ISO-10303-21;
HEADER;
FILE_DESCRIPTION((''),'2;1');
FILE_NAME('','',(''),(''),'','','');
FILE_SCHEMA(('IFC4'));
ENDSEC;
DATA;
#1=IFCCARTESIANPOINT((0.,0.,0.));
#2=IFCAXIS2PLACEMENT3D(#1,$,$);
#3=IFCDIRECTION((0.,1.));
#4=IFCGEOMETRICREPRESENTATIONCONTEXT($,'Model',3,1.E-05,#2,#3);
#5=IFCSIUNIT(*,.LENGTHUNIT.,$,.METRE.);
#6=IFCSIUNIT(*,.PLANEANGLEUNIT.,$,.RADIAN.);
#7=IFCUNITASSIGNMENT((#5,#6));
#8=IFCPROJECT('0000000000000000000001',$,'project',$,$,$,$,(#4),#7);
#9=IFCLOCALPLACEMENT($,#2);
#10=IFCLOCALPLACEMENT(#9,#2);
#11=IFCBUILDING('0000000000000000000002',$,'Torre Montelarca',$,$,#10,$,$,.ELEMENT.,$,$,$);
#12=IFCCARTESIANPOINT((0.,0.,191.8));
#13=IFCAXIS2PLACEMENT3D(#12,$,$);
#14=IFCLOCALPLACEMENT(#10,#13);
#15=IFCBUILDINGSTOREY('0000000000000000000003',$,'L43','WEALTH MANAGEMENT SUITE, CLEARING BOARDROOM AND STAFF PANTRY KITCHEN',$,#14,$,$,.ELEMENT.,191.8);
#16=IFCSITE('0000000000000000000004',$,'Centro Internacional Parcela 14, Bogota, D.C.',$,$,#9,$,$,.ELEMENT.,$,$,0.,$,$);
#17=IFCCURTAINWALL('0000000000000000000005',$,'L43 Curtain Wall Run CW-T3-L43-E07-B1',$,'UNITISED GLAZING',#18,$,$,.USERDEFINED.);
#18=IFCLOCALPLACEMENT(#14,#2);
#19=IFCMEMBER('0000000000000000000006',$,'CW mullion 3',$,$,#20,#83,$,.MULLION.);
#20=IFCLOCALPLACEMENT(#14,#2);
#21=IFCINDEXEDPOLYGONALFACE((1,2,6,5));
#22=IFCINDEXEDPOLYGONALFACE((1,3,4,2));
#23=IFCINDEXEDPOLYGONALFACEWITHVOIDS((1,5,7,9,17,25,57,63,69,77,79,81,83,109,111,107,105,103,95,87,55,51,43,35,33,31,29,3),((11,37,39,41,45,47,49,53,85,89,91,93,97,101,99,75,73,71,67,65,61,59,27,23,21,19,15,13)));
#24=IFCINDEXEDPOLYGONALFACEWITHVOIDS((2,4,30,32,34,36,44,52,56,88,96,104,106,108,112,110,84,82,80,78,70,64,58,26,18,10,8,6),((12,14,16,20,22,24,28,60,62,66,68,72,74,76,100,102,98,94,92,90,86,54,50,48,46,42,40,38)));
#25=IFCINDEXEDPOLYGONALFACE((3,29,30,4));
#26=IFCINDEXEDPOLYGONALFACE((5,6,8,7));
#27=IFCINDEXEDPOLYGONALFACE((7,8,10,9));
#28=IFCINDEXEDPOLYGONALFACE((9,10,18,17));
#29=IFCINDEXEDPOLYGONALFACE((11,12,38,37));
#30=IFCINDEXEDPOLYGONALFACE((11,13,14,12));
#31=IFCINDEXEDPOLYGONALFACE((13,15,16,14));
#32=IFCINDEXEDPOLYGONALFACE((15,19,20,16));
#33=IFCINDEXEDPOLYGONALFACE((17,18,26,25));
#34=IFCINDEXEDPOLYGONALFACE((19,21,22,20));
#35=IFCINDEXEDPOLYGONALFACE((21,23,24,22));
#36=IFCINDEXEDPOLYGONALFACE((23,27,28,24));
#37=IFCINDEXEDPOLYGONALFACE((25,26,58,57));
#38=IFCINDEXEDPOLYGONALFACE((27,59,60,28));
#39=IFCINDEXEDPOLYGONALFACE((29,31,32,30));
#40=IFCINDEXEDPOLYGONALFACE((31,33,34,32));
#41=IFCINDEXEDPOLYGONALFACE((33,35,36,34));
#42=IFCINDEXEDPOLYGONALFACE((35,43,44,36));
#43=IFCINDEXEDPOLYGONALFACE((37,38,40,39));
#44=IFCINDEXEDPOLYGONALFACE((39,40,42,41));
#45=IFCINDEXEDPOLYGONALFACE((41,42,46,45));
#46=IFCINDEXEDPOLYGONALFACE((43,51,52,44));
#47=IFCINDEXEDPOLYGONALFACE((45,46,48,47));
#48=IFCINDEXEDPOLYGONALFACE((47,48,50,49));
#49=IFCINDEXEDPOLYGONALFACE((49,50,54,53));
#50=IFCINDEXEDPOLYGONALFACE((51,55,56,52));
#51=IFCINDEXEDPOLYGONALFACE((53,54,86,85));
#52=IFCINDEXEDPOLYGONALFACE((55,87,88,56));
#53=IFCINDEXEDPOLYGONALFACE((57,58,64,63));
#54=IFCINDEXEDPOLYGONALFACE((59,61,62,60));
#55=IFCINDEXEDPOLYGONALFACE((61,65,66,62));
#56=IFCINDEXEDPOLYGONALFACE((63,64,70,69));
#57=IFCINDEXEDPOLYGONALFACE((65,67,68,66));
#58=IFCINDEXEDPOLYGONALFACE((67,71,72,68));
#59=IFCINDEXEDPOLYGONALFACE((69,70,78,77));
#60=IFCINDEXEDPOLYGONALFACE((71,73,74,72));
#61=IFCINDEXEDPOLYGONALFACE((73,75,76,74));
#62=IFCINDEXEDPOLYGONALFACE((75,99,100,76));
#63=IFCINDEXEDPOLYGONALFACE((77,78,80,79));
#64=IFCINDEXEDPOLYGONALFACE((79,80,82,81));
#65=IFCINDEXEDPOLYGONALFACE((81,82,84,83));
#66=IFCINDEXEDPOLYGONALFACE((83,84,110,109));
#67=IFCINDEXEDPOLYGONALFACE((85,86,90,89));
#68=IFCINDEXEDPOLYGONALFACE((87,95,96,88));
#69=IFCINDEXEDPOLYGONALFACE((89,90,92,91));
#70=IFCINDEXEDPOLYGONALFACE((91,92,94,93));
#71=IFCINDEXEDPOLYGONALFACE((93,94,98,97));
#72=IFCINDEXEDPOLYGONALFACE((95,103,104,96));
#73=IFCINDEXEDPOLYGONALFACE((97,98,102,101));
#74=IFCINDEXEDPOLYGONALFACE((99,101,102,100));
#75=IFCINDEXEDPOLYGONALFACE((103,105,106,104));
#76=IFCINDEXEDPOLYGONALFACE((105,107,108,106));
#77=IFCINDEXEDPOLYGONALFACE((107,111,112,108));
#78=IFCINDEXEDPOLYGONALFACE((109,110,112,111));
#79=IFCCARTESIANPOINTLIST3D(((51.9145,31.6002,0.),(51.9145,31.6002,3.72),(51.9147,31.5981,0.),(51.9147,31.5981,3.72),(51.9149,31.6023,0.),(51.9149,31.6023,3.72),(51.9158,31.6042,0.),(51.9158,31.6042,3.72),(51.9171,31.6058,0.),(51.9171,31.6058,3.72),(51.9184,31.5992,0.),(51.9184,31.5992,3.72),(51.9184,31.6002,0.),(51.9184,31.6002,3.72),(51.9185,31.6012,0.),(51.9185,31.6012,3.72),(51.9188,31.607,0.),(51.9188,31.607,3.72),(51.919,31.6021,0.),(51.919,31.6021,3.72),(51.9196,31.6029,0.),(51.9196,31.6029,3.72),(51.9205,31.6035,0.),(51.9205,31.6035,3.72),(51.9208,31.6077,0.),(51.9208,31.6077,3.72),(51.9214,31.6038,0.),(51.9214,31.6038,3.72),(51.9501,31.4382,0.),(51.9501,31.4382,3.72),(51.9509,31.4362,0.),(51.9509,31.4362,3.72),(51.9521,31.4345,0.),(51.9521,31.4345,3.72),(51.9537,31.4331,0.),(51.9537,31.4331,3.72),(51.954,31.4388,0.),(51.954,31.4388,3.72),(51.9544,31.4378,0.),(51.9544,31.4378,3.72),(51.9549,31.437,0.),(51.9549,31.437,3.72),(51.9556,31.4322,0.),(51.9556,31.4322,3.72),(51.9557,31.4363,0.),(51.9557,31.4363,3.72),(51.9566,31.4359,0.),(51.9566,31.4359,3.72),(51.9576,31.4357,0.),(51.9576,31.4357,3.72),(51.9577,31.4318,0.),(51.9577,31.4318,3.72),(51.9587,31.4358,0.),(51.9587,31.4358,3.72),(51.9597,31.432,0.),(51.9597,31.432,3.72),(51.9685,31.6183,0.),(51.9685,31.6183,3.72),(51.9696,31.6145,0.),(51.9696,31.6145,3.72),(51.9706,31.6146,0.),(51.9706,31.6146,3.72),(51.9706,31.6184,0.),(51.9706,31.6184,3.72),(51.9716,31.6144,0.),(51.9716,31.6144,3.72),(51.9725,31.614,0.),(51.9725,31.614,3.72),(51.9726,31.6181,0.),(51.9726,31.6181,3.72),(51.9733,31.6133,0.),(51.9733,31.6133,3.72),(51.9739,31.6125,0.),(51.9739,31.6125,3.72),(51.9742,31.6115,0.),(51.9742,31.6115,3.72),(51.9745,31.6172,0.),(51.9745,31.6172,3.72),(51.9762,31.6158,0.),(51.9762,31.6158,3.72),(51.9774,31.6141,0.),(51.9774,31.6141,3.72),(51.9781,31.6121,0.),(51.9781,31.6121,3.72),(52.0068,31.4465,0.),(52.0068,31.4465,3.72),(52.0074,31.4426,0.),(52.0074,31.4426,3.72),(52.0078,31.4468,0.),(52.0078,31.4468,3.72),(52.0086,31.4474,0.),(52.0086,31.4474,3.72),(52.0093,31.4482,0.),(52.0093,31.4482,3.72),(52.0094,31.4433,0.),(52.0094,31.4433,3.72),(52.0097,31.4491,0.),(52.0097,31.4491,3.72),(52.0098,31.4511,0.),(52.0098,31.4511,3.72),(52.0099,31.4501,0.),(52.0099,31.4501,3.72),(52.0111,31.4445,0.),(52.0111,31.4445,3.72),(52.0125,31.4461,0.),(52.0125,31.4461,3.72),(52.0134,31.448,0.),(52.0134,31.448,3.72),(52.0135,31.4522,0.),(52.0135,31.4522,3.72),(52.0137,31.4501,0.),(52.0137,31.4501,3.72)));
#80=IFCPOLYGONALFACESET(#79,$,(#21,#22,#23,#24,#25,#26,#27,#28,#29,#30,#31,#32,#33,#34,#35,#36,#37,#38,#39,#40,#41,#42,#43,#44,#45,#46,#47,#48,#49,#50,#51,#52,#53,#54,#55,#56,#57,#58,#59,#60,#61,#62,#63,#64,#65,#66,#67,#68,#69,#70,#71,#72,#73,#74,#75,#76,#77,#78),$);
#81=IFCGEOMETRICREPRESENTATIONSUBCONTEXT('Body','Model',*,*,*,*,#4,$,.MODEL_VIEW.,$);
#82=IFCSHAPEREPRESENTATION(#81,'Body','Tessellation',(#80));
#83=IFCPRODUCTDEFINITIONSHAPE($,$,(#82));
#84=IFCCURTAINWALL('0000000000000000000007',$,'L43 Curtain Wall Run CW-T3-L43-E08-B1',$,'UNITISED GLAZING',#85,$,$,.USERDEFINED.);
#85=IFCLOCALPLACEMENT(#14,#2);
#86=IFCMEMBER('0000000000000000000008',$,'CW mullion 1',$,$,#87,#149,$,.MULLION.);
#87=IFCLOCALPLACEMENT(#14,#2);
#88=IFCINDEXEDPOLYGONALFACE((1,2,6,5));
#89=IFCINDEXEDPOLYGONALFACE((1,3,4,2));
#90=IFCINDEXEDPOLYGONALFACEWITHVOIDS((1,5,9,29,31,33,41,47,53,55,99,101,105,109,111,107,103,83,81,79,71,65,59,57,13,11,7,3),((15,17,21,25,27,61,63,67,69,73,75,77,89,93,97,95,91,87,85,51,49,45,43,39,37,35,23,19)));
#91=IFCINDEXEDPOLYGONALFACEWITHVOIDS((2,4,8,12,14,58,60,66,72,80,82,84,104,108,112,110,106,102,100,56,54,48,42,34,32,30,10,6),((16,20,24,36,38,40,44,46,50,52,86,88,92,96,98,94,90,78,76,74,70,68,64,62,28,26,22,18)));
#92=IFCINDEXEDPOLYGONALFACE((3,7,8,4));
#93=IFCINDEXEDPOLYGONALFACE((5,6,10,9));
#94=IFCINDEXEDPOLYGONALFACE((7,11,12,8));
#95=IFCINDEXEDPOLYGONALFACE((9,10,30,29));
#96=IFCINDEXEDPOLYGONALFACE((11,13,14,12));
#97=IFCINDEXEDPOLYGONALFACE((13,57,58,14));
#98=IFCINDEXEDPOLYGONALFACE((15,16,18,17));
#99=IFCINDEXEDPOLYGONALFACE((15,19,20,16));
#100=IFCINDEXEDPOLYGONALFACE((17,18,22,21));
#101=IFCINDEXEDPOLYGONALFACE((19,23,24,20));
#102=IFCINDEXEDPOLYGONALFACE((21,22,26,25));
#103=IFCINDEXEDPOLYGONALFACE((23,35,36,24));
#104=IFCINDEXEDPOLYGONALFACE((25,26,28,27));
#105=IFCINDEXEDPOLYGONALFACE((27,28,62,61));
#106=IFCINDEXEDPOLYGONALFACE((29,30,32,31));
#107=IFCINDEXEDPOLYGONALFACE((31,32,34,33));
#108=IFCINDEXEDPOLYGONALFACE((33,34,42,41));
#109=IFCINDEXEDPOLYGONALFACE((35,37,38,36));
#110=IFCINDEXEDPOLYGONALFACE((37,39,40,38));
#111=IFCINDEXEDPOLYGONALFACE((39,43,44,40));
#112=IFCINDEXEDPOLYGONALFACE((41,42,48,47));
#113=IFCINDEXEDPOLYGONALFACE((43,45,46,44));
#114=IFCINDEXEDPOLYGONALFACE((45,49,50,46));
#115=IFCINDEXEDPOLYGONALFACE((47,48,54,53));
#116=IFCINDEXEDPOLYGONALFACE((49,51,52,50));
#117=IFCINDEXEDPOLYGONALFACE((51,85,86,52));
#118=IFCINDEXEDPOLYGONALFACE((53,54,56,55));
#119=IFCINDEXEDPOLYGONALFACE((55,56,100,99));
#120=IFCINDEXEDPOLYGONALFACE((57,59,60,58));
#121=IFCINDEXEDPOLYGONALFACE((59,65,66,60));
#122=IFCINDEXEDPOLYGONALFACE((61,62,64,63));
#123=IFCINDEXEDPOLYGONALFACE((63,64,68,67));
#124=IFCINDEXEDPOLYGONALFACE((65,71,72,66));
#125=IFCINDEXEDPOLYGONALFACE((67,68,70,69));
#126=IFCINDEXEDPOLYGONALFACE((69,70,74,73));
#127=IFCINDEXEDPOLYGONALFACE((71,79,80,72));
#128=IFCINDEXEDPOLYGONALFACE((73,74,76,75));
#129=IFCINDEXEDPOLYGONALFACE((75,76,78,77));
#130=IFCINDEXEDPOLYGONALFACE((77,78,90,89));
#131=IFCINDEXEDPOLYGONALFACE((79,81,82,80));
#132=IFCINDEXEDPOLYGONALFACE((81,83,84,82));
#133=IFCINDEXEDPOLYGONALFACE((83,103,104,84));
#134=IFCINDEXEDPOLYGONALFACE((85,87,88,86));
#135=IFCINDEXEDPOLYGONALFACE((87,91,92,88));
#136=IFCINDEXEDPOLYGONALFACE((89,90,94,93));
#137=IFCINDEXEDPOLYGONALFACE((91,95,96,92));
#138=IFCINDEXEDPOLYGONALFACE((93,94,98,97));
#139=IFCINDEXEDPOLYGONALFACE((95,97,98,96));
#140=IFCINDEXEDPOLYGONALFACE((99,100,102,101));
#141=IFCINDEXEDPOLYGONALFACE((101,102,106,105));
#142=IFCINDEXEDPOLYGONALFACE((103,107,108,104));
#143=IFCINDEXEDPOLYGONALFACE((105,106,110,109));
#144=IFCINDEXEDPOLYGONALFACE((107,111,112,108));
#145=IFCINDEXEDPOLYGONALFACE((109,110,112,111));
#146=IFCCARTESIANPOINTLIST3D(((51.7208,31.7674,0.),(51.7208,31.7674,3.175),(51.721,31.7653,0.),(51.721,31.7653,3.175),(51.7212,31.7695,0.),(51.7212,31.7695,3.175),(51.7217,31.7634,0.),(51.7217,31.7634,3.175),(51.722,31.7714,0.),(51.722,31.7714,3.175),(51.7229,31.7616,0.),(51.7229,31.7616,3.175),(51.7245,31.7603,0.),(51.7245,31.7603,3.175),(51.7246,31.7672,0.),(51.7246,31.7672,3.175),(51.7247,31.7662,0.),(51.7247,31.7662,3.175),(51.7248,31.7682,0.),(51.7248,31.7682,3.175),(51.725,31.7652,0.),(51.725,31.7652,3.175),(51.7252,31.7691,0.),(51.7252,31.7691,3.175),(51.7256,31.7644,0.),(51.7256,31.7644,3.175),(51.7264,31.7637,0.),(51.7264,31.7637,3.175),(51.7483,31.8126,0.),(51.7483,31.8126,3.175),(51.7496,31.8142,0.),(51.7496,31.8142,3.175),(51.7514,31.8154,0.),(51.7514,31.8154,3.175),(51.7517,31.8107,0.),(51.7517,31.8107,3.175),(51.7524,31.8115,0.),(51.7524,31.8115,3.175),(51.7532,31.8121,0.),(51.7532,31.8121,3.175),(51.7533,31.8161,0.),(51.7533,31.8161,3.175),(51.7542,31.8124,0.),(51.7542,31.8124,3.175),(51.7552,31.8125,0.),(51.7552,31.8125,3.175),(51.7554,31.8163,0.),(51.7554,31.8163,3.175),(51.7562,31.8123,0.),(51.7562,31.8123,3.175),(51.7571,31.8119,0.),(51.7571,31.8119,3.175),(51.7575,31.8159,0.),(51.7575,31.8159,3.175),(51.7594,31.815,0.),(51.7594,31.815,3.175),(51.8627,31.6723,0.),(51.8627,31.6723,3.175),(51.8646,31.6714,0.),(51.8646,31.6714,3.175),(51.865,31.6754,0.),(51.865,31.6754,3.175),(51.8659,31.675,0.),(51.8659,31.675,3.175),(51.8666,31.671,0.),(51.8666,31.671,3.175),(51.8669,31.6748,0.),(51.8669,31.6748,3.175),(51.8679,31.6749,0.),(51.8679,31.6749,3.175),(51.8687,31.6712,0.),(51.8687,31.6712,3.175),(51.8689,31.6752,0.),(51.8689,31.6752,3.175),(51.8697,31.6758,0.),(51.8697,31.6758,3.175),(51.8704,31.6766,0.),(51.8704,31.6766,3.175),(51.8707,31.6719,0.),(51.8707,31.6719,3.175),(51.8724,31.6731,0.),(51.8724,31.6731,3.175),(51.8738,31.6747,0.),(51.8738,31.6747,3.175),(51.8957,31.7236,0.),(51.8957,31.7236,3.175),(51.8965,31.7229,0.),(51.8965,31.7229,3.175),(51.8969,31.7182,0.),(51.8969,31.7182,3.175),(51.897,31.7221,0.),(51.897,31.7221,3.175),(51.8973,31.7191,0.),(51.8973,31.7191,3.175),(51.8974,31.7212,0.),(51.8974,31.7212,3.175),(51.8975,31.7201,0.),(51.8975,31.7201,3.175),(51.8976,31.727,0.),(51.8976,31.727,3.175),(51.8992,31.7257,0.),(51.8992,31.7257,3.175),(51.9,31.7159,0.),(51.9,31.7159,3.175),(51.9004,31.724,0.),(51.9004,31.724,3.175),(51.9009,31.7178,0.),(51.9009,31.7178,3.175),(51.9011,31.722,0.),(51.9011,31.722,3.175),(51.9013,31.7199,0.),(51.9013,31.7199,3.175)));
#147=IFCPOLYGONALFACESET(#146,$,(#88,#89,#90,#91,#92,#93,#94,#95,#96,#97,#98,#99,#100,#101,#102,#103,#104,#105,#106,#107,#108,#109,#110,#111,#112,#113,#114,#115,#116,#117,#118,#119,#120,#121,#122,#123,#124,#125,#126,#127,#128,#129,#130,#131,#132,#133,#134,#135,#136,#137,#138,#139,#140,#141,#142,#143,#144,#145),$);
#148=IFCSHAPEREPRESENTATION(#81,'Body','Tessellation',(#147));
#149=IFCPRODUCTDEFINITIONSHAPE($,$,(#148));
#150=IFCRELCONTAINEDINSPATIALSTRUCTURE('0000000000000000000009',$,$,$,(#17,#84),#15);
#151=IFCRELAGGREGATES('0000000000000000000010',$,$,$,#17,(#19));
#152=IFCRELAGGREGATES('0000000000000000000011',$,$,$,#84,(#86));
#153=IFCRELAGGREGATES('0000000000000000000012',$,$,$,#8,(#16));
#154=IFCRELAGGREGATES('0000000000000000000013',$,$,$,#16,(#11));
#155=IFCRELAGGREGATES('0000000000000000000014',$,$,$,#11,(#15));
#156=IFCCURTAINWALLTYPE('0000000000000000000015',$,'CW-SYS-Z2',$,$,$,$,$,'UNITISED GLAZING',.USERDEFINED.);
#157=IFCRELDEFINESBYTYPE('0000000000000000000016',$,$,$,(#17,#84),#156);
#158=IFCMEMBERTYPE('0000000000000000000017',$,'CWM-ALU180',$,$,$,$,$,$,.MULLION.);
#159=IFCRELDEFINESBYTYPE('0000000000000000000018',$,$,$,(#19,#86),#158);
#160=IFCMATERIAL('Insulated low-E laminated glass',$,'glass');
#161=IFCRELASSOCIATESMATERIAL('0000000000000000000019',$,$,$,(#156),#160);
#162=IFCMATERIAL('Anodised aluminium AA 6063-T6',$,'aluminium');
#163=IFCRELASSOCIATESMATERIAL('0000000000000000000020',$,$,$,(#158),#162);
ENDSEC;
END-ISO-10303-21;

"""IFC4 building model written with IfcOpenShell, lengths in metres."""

from ifc_helpers import new_model, si_unit, direction, frame, origin, origin_2d, place, context, subcontext, project, spatial, hollow_rectangle, extrude, source, transform, mapped, material, material_profile, profile_set, type_object, element, aggregate, save


model = new_model("IFC4")

# Units and contexts
model_context = context("Model", 3, precision=1e-05, world=origin(), true_north=direction((0.0, 1.0)))
body_context = subcontext(model_context, "Body", "Model", "MODEL_VIEW")
ifc_project = project(units=[si_unit("LENGTHUNIT", "METRE"), si_unit("PLANEANGLEUNIT", "RADIAN")], contexts=[model_context])

# Site, building, storey
site_placement = place(None, origin())
site = spatial("IfcSite", under=ifc_project, at=site_placement, Name="Centro Internacional Parcela 14, Bogota, D.C.", CompositionType="ELEMENT", RefElevation=0.0)
building_placement = place(site_placement, origin())
building = spatial("IfcBuilding", under=site, at=building_placement, Name="Torre Montelarca", CompositionType="ELEMENT")
storey_placement = place(building_placement, frame((0.0, 0.0, 191.8)))
storey = spatial("IfcBuildingStorey", under=building, at=storey_placement, Name="L43", Description="WEALTH MANAGEMENT SUITE, CLEARING BOARDROOM AND STAFF PANTRY KITCHEN", CompositionType="ELEMENT", Elevation=191.8)

# Curtain walls, members
ifc_material_1 = material(Name="Insulated low-E laminated glass", Category="glass")
curtain_wall_type = type_object("IfcCurtainWallType", Name="CW-SYS-Z2", ElementType="UNITISED GLAZING", PredefinedType="USERDEFINED", material=ifc_material_1)
curtain_wall_1_placement = place(storey_placement, origin())
curtain_wall_1 = element("IfcCurtainWall", 1, at=curtain_wall_1_placement, inside=storey, type_object=curtain_wall_type, Name="L43 Curtain Wall Run CW-T3-L43-E07-B1", ObjectType="UNITISED GLAZING", PredefinedType="USERDEFINED")
ifc_material_2 = material(Name="Anodised aluminium AA 6063-T6", Category="aluminium")
ifc_material_profile_1 = material_profile(ifc_material_2, hollow_rectangle(XDim=0.0649, YDim=0.1799, WallThickness=0.0039, InnerFilletRadius=0.0039, OuterFilletRadius=0.0081, at=origin_2d()), Name="ALU65X180X4", Category="aluminium")
ifc_profile_set_1 = profile_set([ifc_material_profile_1], Name="Anodised aluminium AA 6063-T6")
member_type_1 = type_object("IfcMemberType", Name="CWM-ALU180", PredefinedType="MULLION", material=ifc_profile_set_1)
shared_shape_1 = source(origin(), body_context, "Body", "SweptSolid", [
    extrude(hollow_rectangle(XDim=0.0649, YDim=0.1799, WallThickness=0.0039, InnerFilletRadius=0.0039, OuterFilletRadius=0.0081, at=origin_2d()), origin(), (0.0, 0.0, 1.0), 3.72),
])
member_1_placement = place(storey_placement, frame((51.9641, 31.5251, 0.0), z_axis=(0.0, 0.0, 1.0), x_axis=(-0.976294, -0.216448, 0.0)))
member_1 = element("IfcMember", 2, at=member_1_placement, type_object=member_type_1, Name="CW mullion 3", PredefinedType="MULLION", context=body_context, shape_type="MappedRepresentation", body=[
    mapped(shared_shape_1, transform((0.0, 0.0, 0.0), scale=1.0)),
])
curtain_wall_2_placement = place(storey_placement, origin())
curtain_wall_2 = element("IfcCurtainWall", 3, at=curtain_wall_2_placement, inside=storey, type_object=curtain_wall_type, Name="L43 Curtain Wall Run CW-T3-L43-E08-B1", ObjectType="UNITISED GLAZING", PredefinedType="USERDEFINED")
shared_shape_2 = source(origin(), body_context, "Body", "SweptSolid", [
    extrude(hollow_rectangle(XDim=0.0649, YDim=0.1799, WallThickness=0.0039, InnerFilletRadius=0.0039, OuterFilletRadius=0.0081, at=origin_2d()), origin(), (0.0, 0.0, 1.0), 3.175),
])
member_2_placement = place(storey_placement, frame((51.811, 31.7437, 0.0), z_axis=(0.0, 0.0, 1.0), x_axis=(-0.537301, -0.84339, 0.0)))
member_2 = element("IfcMember", 4, at=member_2_placement, type_object=member_type_1, Name="CW mullion 1", PredefinedType="MULLION", context=body_context, shape_type="MappedRepresentation", body=[
    mapped(shared_shape_2, transform((0.0, 0.0, 0.0), scale=1.0)),
])

aggregate(curtain_wall_1, [member_1])
aggregate(curtain_wall_2, [member_2])

save(model, "model.ifc")
